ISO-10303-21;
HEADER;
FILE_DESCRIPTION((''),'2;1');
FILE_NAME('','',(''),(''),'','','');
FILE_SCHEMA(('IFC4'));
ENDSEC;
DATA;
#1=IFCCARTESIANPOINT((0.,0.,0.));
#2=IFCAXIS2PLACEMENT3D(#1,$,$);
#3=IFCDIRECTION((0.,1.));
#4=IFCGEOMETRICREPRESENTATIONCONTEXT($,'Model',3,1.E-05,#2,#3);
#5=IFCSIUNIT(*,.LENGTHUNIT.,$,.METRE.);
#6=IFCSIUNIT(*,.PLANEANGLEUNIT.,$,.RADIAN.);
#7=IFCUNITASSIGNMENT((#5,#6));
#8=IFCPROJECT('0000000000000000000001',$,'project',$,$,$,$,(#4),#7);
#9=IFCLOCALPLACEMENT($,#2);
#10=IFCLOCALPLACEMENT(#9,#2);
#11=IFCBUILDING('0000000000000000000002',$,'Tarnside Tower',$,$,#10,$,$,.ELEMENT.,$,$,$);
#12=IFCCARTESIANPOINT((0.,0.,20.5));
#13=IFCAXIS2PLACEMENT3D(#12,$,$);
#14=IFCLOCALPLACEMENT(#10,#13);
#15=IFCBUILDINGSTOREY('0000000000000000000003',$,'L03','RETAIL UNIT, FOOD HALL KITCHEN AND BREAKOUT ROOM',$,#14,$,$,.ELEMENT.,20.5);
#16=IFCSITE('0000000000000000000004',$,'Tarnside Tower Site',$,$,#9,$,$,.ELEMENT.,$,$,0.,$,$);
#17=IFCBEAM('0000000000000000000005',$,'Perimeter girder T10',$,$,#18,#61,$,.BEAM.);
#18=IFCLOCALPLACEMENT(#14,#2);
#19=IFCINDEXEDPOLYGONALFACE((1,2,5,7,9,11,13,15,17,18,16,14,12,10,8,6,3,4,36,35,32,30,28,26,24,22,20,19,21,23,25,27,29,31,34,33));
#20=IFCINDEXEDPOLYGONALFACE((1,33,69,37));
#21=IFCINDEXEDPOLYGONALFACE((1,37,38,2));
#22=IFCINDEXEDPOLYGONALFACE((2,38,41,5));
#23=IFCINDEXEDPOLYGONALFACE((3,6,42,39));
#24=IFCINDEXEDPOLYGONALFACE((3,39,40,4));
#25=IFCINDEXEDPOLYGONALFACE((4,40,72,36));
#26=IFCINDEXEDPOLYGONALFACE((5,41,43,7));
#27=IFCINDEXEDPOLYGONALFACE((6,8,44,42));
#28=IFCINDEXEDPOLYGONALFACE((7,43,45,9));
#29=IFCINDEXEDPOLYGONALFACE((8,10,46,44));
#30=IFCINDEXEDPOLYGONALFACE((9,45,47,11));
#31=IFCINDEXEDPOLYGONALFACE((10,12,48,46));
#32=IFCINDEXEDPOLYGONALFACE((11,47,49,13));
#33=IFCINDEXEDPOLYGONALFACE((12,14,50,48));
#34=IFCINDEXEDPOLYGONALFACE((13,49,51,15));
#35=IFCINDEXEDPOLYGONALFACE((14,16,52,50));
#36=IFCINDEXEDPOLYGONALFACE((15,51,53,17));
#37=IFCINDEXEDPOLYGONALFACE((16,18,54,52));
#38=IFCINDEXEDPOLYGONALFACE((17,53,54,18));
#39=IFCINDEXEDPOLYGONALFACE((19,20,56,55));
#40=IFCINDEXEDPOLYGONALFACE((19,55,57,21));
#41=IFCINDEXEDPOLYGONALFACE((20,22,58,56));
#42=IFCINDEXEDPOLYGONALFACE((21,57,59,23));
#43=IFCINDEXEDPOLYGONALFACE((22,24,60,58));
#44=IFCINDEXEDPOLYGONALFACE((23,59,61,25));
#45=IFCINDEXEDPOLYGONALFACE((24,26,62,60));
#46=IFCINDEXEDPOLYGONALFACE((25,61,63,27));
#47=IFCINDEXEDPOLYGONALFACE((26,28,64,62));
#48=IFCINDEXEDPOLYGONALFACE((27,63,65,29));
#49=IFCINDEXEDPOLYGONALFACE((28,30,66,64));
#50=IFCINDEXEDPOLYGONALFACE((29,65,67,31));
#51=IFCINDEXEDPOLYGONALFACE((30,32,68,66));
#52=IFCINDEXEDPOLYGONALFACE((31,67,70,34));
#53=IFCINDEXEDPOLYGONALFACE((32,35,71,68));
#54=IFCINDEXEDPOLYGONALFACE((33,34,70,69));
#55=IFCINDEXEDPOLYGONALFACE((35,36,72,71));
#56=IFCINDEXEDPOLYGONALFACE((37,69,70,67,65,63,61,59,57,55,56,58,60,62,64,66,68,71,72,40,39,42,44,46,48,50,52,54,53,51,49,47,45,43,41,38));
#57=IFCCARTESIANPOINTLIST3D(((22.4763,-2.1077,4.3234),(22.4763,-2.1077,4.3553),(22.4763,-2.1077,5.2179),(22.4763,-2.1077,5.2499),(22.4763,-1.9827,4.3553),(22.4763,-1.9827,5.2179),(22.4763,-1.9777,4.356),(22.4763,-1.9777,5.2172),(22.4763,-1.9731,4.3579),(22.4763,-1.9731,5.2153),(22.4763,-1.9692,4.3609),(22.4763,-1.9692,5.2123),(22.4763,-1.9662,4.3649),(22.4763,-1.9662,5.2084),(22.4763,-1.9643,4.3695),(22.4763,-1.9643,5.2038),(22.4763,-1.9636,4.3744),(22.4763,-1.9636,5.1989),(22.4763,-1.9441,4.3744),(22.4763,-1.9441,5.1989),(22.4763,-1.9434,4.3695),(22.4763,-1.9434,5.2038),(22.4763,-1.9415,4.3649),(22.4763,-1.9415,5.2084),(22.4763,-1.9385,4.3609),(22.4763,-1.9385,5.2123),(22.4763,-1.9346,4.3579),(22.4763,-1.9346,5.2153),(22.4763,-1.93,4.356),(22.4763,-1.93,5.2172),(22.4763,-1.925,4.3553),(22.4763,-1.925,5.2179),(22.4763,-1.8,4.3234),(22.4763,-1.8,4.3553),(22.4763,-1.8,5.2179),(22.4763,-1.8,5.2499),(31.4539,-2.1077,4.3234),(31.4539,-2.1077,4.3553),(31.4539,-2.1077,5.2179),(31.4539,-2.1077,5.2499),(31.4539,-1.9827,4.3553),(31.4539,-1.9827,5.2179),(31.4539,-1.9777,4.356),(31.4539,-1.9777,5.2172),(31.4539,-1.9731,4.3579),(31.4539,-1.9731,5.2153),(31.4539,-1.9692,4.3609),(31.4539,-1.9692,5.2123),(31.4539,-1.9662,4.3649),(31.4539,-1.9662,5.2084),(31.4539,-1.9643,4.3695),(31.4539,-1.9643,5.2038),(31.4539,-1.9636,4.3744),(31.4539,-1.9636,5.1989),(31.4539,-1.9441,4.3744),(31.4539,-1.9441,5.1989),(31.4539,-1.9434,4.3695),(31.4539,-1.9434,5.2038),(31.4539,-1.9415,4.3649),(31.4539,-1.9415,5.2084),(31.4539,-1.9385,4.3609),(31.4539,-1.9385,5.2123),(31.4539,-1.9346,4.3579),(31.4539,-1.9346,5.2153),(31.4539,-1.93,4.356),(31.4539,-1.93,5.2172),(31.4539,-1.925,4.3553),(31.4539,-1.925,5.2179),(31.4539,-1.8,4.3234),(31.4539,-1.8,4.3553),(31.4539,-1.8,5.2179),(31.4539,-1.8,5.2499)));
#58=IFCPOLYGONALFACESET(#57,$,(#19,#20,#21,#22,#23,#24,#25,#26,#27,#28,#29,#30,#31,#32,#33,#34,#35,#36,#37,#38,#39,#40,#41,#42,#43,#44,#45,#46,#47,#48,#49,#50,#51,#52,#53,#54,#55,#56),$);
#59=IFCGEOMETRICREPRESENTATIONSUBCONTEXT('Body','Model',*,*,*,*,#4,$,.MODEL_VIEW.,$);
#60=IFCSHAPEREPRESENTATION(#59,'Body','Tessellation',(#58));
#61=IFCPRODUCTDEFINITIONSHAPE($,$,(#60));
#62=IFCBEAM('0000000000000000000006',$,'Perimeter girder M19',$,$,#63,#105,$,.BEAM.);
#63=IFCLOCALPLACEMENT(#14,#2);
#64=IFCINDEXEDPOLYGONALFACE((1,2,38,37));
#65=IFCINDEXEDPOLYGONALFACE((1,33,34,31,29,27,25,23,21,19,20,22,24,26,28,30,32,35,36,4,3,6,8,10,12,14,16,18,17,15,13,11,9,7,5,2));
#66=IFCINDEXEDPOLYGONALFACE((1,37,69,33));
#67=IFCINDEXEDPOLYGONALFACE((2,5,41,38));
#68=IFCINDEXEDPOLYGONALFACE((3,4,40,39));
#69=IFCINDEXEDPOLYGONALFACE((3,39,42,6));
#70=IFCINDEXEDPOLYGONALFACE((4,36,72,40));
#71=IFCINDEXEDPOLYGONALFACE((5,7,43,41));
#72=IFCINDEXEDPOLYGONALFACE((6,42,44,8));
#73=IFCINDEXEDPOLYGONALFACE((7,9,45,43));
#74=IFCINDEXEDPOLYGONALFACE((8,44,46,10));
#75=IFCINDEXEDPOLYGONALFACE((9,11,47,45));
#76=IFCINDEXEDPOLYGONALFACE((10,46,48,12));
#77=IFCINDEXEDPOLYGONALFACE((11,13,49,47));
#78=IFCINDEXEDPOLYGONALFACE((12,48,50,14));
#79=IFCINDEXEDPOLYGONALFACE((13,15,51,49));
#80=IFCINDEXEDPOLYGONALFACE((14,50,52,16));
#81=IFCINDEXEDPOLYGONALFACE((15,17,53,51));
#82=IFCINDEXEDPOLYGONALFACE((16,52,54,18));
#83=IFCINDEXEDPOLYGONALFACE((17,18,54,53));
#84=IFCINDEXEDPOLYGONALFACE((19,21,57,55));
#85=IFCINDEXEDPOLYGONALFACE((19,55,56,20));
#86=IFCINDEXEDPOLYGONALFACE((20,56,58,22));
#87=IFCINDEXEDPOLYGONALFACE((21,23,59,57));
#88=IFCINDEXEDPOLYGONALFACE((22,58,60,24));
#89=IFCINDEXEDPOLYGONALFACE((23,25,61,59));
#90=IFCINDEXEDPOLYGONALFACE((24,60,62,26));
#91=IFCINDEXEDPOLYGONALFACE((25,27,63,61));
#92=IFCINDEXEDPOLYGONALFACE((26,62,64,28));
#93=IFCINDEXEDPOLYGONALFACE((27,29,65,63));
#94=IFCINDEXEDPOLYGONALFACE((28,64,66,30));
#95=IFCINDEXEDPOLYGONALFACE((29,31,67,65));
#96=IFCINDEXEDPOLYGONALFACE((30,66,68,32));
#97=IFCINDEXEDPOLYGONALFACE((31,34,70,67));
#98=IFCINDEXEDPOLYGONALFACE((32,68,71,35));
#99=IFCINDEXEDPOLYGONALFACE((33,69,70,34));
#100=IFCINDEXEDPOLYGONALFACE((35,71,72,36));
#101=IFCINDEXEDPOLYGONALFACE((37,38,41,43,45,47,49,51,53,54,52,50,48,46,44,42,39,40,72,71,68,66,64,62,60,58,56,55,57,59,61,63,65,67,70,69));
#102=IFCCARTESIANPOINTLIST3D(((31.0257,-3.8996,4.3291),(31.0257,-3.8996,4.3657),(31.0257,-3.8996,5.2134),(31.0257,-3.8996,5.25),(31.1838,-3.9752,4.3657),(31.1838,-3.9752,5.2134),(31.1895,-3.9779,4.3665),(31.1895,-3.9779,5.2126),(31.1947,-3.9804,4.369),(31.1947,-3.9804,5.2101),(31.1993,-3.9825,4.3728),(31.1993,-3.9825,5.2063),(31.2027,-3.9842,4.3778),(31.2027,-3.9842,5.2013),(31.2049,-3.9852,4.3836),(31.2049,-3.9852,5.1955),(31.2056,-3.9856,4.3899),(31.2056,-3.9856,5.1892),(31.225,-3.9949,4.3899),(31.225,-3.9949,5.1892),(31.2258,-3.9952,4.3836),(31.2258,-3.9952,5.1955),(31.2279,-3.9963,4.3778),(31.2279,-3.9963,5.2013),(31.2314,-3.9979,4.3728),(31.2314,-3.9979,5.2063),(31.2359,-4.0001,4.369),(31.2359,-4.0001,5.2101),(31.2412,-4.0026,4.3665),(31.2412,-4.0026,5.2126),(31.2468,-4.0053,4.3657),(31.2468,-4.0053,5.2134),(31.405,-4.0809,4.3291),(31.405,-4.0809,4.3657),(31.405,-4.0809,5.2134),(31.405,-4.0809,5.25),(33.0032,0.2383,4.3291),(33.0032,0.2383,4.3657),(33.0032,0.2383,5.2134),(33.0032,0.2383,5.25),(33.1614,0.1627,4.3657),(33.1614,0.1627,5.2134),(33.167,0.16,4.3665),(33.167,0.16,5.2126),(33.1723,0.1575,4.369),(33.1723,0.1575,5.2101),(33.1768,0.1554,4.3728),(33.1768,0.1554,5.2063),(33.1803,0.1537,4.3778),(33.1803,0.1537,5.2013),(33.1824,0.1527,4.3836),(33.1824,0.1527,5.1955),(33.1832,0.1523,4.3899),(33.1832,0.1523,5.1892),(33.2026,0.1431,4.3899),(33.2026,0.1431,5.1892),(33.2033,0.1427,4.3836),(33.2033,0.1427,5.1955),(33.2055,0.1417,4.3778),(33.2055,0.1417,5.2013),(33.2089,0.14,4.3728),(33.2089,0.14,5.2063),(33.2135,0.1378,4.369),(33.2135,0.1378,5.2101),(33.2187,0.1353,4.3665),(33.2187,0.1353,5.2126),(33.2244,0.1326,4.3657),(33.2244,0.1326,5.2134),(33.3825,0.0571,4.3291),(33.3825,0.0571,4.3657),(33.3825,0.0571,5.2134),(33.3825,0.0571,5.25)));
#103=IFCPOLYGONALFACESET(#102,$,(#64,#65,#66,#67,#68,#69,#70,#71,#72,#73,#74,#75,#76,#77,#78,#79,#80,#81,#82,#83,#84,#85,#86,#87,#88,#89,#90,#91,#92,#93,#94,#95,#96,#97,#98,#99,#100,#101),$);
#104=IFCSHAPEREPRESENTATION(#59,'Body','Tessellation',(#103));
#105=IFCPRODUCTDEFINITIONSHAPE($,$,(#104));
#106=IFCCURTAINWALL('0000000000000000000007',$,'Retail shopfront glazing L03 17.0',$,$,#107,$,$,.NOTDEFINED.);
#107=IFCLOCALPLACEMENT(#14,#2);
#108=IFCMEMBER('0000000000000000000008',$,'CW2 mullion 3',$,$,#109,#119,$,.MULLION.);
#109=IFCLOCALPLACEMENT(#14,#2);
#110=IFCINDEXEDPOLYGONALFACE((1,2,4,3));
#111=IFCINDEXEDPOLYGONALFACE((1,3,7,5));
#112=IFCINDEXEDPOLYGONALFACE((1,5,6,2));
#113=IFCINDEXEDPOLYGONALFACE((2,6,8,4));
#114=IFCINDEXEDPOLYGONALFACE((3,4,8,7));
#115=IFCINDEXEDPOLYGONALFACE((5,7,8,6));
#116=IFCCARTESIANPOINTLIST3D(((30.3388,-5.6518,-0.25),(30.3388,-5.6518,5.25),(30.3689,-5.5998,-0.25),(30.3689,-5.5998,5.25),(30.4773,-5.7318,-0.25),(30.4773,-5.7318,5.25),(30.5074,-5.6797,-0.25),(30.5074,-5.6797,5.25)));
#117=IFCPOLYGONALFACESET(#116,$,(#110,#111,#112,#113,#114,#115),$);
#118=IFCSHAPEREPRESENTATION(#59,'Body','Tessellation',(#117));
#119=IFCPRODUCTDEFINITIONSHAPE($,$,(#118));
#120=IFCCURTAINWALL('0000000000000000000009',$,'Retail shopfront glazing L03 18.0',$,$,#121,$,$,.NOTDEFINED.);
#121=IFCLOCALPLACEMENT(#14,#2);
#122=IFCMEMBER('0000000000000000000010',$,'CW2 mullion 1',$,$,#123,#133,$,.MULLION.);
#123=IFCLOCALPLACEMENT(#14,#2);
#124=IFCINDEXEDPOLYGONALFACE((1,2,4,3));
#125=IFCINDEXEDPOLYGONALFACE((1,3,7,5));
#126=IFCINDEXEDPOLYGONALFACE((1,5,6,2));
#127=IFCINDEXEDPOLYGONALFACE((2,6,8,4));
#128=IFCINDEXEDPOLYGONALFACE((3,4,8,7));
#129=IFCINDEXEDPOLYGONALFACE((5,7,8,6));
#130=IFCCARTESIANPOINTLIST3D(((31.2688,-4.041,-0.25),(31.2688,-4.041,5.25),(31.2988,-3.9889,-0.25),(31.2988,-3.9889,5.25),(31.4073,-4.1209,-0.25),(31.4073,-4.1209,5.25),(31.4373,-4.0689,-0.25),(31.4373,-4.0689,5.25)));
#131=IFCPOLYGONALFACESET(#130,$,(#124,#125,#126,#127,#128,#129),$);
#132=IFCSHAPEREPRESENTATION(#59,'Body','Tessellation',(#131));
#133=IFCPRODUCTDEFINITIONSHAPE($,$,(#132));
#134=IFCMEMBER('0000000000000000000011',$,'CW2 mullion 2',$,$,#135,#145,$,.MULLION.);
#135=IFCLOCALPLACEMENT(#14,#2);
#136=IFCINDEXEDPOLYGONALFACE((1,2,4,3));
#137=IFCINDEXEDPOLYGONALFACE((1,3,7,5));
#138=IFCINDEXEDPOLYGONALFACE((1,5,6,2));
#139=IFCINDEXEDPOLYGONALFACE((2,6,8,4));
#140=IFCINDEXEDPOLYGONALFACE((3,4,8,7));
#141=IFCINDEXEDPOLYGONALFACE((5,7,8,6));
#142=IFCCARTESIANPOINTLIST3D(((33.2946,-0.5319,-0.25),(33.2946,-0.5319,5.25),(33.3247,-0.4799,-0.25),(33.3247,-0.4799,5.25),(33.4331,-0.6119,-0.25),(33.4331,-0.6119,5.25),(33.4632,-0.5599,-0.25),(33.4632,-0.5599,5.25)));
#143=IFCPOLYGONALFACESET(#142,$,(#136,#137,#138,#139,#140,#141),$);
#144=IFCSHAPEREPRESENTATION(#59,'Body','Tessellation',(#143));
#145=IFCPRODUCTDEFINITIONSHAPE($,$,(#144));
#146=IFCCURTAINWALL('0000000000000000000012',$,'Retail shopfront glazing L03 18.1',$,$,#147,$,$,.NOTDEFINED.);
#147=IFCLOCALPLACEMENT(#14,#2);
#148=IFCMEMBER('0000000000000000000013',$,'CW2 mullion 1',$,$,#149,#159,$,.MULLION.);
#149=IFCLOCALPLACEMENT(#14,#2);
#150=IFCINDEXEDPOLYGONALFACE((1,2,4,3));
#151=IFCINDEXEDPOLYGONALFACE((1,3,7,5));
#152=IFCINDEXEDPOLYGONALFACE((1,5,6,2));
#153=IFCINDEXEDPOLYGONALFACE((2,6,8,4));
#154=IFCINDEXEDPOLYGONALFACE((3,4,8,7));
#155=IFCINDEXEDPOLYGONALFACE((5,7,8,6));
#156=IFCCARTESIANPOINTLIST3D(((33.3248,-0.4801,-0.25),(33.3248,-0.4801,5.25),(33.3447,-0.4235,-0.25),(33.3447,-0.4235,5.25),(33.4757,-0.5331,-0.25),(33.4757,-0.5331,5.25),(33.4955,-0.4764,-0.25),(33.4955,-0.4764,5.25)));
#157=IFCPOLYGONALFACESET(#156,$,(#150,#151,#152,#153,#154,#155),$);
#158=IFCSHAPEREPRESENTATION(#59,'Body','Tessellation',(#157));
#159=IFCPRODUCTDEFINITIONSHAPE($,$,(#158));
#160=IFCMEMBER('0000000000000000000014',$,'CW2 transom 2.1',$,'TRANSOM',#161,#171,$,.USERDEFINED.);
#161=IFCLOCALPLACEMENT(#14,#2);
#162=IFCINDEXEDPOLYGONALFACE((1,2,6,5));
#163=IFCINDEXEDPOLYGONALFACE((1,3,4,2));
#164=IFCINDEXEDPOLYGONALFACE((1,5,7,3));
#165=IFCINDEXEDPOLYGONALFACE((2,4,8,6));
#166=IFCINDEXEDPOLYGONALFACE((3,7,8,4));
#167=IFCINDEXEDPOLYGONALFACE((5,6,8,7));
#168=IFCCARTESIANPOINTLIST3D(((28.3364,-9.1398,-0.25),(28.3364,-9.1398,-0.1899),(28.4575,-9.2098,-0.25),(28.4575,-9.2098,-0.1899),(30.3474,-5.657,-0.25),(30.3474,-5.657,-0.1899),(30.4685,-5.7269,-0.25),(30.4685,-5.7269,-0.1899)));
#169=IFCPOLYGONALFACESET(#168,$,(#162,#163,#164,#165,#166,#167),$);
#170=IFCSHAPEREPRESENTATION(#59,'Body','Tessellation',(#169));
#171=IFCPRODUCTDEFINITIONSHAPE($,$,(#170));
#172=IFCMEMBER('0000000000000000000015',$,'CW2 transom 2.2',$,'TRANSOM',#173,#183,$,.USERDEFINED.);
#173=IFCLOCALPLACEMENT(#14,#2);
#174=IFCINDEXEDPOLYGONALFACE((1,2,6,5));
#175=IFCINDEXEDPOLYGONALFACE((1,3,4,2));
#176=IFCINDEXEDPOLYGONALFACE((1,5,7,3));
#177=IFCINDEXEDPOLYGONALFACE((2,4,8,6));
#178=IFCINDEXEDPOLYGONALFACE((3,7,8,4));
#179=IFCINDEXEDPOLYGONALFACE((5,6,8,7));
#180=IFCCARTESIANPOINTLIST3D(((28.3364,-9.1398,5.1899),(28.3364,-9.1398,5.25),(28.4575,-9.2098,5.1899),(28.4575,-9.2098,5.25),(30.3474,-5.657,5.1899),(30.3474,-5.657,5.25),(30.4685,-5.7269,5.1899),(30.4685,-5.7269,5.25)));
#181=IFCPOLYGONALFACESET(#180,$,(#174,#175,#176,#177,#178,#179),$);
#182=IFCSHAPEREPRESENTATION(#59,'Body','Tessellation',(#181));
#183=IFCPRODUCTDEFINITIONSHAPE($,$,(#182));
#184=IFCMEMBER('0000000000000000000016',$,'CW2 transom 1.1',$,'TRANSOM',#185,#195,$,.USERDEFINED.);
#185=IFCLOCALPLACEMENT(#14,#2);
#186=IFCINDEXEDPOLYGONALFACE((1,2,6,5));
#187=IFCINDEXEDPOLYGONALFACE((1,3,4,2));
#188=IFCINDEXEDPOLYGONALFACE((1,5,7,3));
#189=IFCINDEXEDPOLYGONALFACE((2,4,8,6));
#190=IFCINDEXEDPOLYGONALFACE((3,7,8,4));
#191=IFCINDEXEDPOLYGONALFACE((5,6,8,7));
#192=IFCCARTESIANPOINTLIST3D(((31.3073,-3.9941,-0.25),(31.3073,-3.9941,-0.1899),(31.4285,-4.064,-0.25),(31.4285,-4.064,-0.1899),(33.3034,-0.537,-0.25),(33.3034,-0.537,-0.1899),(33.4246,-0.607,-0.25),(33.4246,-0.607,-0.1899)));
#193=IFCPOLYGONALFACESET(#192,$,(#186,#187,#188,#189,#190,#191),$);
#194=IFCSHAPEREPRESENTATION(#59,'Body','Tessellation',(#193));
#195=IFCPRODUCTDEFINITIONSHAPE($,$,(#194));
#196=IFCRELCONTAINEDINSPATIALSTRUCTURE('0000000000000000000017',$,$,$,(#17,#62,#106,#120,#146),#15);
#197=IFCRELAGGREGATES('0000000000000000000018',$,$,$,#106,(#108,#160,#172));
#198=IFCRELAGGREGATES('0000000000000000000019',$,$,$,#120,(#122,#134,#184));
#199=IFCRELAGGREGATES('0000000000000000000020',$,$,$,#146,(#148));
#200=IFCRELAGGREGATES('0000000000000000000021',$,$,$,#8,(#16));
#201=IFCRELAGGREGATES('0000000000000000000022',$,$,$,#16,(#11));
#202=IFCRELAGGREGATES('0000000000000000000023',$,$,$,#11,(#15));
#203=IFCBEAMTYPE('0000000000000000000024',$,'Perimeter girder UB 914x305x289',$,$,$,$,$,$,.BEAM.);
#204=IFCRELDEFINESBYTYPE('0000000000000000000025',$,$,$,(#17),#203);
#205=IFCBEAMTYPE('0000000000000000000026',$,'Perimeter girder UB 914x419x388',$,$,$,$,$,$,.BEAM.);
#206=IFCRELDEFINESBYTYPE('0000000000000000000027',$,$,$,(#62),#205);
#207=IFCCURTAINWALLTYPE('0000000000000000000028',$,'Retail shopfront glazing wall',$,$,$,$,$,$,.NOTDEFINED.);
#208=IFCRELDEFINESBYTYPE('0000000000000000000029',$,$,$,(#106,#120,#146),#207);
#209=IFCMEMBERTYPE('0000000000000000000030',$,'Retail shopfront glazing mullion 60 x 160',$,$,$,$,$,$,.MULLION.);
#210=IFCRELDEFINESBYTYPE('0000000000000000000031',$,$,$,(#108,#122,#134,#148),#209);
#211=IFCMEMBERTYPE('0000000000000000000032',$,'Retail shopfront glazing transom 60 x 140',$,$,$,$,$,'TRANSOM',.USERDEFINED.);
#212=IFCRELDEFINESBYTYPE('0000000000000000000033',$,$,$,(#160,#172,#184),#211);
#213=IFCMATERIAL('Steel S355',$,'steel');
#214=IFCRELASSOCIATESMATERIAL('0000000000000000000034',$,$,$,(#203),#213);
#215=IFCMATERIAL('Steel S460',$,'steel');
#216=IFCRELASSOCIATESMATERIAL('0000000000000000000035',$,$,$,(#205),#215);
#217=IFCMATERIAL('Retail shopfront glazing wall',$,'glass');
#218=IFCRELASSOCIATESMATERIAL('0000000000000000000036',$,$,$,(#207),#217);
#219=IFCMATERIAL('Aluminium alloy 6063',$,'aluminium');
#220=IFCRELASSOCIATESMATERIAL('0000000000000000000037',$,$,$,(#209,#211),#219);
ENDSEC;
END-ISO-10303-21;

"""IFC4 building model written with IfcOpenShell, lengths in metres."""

from ifc_helpers import new_model, si_unit, direction, frame, origin, origin_2d, place, context, subcontext, project, spatial, rectangle, i_section, extrude, material, material_profile, profile_set, type_object, element, aggregate, save


model = new_model("IFC4")

# Units and contexts
model_context = context("Model", 3, precision=1e-05, world=origin(), true_north=direction((0.0, 1.0)))
body_context = subcontext(model_context, "Body", "Model", "MODEL_VIEW")
ifc_project = project(units=[si_unit("LENGTHUNIT", "METRE"), si_unit("PLANEANGLEUNIT", "RADIAN")], contexts=[model_context])

# Site, building, storey
site_placement = place(None, origin())
site = spatial("IfcSite", under=ifc_project, at=site_placement, Name="Tarnside Tower Site", CompositionType="ELEMENT", RefElevation=0.0)
building_placement = place(site_placement, origin())
building = spatial("IfcBuilding", under=site, at=building_placement, Name="Tarnside Tower", CompositionType="ELEMENT")
storey_placement = place(building_placement, frame((0.0, 0.0, 20.5)))
storey = spatial("IfcBuildingStorey", under=building, at=storey_placement, Name="L03", Description="RETAIL UNIT, FOOD HALL KITCHEN AND BREAKOUT ROOM", CompositionType="ELEMENT", Elevation=20.5)

# Shared definitions
ifc_material_1 = material(Name="Steel S460", Category="steel")

# Beams
ifc_material_2 = material(Name="Steel S355", Category="steel")
ifc_material_profile_1 = material_profile(ifc_material_2, i_section(OverallWidth=0.3076, OverallDepth=0.9265, WebThickness=0.0195, FlangeThickness=0.032, FilletRadius=0.019, at=origin_2d()), Name="UB 914x305x289")
ifc_profile_set_1 = profile_set([ifc_material_profile_1], Name="Steel S355")
beam_type_1 = type_object("IfcBeamType", Name="Perimeter girder UB 914x305x289", PredefinedType="BEAM", material=ifc_profile_set_1)
beam_1_placement = place(storey_placement, frame((31.4539, -1.9539, 4.7866), z_axis=(-1.0, 0.0, 0.0), x_axis=(0.0, -1.0, 0.0)))
element("IfcBeam", 1, at=beam_1_placement, inside=storey, type_object=beam_type_1, Name="Perimeter girder T10", PredefinedType="BEAM", context=body_context, shape_type="SweptSolid", body=[
    extrude(i_section(OverallWidth=0.3076, OverallDepth=0.9265, WebThickness=0.0195, FlangeThickness=0.032, FilletRadius=0.019, at=origin_2d()), origin(), (0.0, 0.0, 1.0), 8.9775),
])
ifc_material_profile_2 = material_profile(ifc_material_1, i_section(OverallWidth=0.4204, OverallDepth=0.9209, WebThickness=0.0215, FlangeThickness=0.0366, FilletRadius=0.0242, at=origin_2d()), Name="UB 914x419x388")
ifc_profile_set_2 = profile_set([ifc_material_profile_2], Name="Steel S460")
beam_type_2 = type_object("IfcBeamType", Name="Perimeter girder UB 914x419x388", PredefinedType="BEAM", material=ifc_profile_set_2)
beam_2_placement = place(storey_placement, frame((31.2153, -3.9902, 4.7896), z_axis=(0.431194, 0.902259, 0.0), x_axis=(-0.902259, 0.431194, 0.0)))
element("IfcBeam", 2, at=beam_2_placement, inside=storey, type_object=beam_type_2, Name="Perimeter girder M19", PredefinedType="BEAM", context=body_context, shape_type="SweptSolid", body=[
    extrude(i_section(OverallWidth=0.4204, OverallDepth=0.9209, WebThickness=0.0215, FlangeThickness=0.0366, FilletRadius=0.0242, at=origin_2d()), origin(), (0.0, 0.0, 1.0), 4.5862),
])

# Curtain wall, member
ifc_material_3 = material(Name="Retail shopfront glazing wall", Category="glass")
curtain_wall_type = type_object("IfcCurtainWallType", Name="Retail shopfront glazing wall", PredefinedType="NOTDEFINED", material=ifc_material_3)
curtain_wall_1_placement = place(storey_placement, origin())
curtain_wall_1 = element("IfcCurtainWall", 3, at=curtain_wall_1_placement, inside=storey, type_object=curtain_wall_type, Name="Retail shopfront glazing L03 17.0", PredefinedType="NOTDEFINED")
ifc_material_4 = material(Name="Aluminium alloy 6063", Category="aluminium")
ifc_material_profile_3 = material_profile(ifc_material_4, rectangle(XDim=0.1599, YDim=0.0601, at=origin_2d()), Name="Retail shopfront glazing mullion 60 x 160")
ifc_profile_set_3 = profile_set([ifc_material_profile_3], Name="Aluminium alloy 6063")
member_type_1 = type_object("IfcMemberType", Name="Retail shopfront glazing mullion 60 x 160", PredefinedType="MULLION", material=ifc_profile_set_3)
member_1_placement = place(storey_placement, frame((30.4231, -5.6658, -0.25), z_axis=(0.0, 0.0, 1.0), x_axis=(-0.866025, 0.5, 0.0)))
member_1 = element("IfcMember", 4, at=member_1_placement, type_object=member_type_1, Name="CW2 mullion 3", PredefinedType="MULLION", context=body_context, shape_type="SweptSolid", body=[
    extrude(rectangle(XDim=0.1599, YDim=0.0601, at=origin_2d()), origin(), (0.0, 0.0, 1.0), 5.5),
])

# Curtain wall, members
curtain_wall_2_placement = place(storey_placement, origin())
curtain_wall_2 = element("IfcCurtainWall", 5, at=curtain_wall_2_placement, inside=storey, type_object=curtain_wall_type, Name="Retail shopfront glazing L03 18.0", PredefinedType="NOTDEFINED")
member_2_placement = place(storey_placement, frame((31.353, -4.0549, -0.25), z_axis=(0.0, 0.0, 1.0), x_axis=(-0.866025, 0.5, 0.0)))
member_2 = element("IfcMember", 6, at=member_2_placement, type_object=member_type_1, Name="CW2 mullion 1", PredefinedType="MULLION", context=body_context, shape_type="SweptSolid", body=[
    extrude(rectangle(XDim=0.1599, YDim=0.0601, at=origin_2d()), origin(), (0.0, 0.0, 1.0), 5.5),
])
member_3_placement = place(storey_placement, frame((33.3789, -0.5459, -0.25), z_axis=(0.0, 0.0, 1.0), x_axis=(-0.866025, 0.5, 0.0)))
member_3 = element("IfcMember", 7, at=member_3_placement, type_object=member_type_1, Name="CW2 mullion 2", PredefinedType="MULLION", context=body_context, shape_type="SweptSolid", body=[
    extrude(rectangle(XDim=0.1599, YDim=0.0601, at=origin_2d()), origin(), (0.0, 0.0, 1.0), 5.5),
])

# Curtain wall, member
curtain_wall_3_placement = place(storey_placement, origin())
curtain_wall_3 = element("IfcCurtainWall", 8, at=curtain_wall_3_placement, inside=storey, type_object=curtain_wall_type, Name="Retail shopfront glazing L03 18.1", PredefinedType="NOTDEFINED")
member_4_placement = place(storey_placement, frame((33.4102, -0.4783, -0.25), z_axis=(0.0, 0.0, 1.0), x_axis=(-0.943609, 0.331063, 0.0)))
member_4 = element("IfcMember", 9, at=member_4_placement, type_object=member_type_1, Name="CW2 mullion 1", PredefinedType="MULLION", context=body_context, shape_type="SweptSolid", body=[
    extrude(rectangle(XDim=0.1599, YDim=0.0601, at=origin_2d()), origin(), (0.0, 0.0, 1.0), 5.5),
])

# Members
ifc_material_profile_4 = material_profile(ifc_material_4, rectangle(XDim=0.1399, YDim=0.0601, at=origin_2d()), Name="Retail shopfront glazing transom 60 x 140")
ifc_profile_set_4 = profile_set([ifc_material_profile_4], Name="Aluminium alloy 6063")
member_type_2 = type_object("IfcMemberType", Name="Retail shopfront glazing transom 60 x 140", ElementType="TRANSOM", PredefinedType="USERDEFINED", material=ifc_profile_set_4)
member_5_placement = place(storey_placement, frame((28.397, -9.1748, -0.22), z_axis=(0.500024, 0.866012, 0.0), x_axis=(-0.866012, 0.500024, 0.0)))
member_5 = element("IfcMember", 10, at=member_5_placement, type_object=member_type_2, Name="CW2 transom 2.1", ObjectType="TRANSOM", PredefinedType="USERDEFINED", context=body_context, shape_type="SweptSolid", body=[
    extrude(rectangle(XDim=0.1399, YDim=0.0601, at=origin_2d()), origin(), (0.0, 0.0, 1.0), 4.0217),
])
member_6_placement = place(storey_placement, frame((28.397, -9.1748, 5.22), z_axis=(0.500024, 0.866012, 0.0), x_axis=(-0.866012, 0.500024, 0.0)))
member_6 = element("IfcMember", 11, at=member_6_placement, type_object=member_type_2, Name="CW2 transom 2.2", ObjectType="TRANSOM", PredefinedType="USERDEFINED", context=body_context, shape_type="SweptSolid", body=[
    extrude(rectangle(XDim=0.1399, YDim=0.0601, at=origin_2d()), origin(), (0.0, 0.0, 1.0), 4.0217),
])
member_7_placement = place(storey_placement, frame((31.3679, -4.0291, -0.22), z_axis=(0.500033, 0.866006, 0.0), x_axis=(-0.866006, 0.500033, 0.0)))
member_7 = element("IfcMember", 12, at=member_7_placement, type_object=member_type_2, Name="CW2 transom 1.1", ObjectType="TRANSOM", PredefinedType="USERDEFINED", context=body_context, shape_type="SweptSolid", body=[
    extrude(rectangle(XDim=0.1399, YDim=0.0601, at=origin_2d()), origin(), (0.0, 0.0, 1.0), 3.9919),
])

aggregate(curtain_wall_1, [member_1, member_5, member_6])
aggregate(curtain_wall_2, [member_2, member_3, member_7])
aggregate(curtain_wall_3, [member_4])

save(model, "model.ifc")
